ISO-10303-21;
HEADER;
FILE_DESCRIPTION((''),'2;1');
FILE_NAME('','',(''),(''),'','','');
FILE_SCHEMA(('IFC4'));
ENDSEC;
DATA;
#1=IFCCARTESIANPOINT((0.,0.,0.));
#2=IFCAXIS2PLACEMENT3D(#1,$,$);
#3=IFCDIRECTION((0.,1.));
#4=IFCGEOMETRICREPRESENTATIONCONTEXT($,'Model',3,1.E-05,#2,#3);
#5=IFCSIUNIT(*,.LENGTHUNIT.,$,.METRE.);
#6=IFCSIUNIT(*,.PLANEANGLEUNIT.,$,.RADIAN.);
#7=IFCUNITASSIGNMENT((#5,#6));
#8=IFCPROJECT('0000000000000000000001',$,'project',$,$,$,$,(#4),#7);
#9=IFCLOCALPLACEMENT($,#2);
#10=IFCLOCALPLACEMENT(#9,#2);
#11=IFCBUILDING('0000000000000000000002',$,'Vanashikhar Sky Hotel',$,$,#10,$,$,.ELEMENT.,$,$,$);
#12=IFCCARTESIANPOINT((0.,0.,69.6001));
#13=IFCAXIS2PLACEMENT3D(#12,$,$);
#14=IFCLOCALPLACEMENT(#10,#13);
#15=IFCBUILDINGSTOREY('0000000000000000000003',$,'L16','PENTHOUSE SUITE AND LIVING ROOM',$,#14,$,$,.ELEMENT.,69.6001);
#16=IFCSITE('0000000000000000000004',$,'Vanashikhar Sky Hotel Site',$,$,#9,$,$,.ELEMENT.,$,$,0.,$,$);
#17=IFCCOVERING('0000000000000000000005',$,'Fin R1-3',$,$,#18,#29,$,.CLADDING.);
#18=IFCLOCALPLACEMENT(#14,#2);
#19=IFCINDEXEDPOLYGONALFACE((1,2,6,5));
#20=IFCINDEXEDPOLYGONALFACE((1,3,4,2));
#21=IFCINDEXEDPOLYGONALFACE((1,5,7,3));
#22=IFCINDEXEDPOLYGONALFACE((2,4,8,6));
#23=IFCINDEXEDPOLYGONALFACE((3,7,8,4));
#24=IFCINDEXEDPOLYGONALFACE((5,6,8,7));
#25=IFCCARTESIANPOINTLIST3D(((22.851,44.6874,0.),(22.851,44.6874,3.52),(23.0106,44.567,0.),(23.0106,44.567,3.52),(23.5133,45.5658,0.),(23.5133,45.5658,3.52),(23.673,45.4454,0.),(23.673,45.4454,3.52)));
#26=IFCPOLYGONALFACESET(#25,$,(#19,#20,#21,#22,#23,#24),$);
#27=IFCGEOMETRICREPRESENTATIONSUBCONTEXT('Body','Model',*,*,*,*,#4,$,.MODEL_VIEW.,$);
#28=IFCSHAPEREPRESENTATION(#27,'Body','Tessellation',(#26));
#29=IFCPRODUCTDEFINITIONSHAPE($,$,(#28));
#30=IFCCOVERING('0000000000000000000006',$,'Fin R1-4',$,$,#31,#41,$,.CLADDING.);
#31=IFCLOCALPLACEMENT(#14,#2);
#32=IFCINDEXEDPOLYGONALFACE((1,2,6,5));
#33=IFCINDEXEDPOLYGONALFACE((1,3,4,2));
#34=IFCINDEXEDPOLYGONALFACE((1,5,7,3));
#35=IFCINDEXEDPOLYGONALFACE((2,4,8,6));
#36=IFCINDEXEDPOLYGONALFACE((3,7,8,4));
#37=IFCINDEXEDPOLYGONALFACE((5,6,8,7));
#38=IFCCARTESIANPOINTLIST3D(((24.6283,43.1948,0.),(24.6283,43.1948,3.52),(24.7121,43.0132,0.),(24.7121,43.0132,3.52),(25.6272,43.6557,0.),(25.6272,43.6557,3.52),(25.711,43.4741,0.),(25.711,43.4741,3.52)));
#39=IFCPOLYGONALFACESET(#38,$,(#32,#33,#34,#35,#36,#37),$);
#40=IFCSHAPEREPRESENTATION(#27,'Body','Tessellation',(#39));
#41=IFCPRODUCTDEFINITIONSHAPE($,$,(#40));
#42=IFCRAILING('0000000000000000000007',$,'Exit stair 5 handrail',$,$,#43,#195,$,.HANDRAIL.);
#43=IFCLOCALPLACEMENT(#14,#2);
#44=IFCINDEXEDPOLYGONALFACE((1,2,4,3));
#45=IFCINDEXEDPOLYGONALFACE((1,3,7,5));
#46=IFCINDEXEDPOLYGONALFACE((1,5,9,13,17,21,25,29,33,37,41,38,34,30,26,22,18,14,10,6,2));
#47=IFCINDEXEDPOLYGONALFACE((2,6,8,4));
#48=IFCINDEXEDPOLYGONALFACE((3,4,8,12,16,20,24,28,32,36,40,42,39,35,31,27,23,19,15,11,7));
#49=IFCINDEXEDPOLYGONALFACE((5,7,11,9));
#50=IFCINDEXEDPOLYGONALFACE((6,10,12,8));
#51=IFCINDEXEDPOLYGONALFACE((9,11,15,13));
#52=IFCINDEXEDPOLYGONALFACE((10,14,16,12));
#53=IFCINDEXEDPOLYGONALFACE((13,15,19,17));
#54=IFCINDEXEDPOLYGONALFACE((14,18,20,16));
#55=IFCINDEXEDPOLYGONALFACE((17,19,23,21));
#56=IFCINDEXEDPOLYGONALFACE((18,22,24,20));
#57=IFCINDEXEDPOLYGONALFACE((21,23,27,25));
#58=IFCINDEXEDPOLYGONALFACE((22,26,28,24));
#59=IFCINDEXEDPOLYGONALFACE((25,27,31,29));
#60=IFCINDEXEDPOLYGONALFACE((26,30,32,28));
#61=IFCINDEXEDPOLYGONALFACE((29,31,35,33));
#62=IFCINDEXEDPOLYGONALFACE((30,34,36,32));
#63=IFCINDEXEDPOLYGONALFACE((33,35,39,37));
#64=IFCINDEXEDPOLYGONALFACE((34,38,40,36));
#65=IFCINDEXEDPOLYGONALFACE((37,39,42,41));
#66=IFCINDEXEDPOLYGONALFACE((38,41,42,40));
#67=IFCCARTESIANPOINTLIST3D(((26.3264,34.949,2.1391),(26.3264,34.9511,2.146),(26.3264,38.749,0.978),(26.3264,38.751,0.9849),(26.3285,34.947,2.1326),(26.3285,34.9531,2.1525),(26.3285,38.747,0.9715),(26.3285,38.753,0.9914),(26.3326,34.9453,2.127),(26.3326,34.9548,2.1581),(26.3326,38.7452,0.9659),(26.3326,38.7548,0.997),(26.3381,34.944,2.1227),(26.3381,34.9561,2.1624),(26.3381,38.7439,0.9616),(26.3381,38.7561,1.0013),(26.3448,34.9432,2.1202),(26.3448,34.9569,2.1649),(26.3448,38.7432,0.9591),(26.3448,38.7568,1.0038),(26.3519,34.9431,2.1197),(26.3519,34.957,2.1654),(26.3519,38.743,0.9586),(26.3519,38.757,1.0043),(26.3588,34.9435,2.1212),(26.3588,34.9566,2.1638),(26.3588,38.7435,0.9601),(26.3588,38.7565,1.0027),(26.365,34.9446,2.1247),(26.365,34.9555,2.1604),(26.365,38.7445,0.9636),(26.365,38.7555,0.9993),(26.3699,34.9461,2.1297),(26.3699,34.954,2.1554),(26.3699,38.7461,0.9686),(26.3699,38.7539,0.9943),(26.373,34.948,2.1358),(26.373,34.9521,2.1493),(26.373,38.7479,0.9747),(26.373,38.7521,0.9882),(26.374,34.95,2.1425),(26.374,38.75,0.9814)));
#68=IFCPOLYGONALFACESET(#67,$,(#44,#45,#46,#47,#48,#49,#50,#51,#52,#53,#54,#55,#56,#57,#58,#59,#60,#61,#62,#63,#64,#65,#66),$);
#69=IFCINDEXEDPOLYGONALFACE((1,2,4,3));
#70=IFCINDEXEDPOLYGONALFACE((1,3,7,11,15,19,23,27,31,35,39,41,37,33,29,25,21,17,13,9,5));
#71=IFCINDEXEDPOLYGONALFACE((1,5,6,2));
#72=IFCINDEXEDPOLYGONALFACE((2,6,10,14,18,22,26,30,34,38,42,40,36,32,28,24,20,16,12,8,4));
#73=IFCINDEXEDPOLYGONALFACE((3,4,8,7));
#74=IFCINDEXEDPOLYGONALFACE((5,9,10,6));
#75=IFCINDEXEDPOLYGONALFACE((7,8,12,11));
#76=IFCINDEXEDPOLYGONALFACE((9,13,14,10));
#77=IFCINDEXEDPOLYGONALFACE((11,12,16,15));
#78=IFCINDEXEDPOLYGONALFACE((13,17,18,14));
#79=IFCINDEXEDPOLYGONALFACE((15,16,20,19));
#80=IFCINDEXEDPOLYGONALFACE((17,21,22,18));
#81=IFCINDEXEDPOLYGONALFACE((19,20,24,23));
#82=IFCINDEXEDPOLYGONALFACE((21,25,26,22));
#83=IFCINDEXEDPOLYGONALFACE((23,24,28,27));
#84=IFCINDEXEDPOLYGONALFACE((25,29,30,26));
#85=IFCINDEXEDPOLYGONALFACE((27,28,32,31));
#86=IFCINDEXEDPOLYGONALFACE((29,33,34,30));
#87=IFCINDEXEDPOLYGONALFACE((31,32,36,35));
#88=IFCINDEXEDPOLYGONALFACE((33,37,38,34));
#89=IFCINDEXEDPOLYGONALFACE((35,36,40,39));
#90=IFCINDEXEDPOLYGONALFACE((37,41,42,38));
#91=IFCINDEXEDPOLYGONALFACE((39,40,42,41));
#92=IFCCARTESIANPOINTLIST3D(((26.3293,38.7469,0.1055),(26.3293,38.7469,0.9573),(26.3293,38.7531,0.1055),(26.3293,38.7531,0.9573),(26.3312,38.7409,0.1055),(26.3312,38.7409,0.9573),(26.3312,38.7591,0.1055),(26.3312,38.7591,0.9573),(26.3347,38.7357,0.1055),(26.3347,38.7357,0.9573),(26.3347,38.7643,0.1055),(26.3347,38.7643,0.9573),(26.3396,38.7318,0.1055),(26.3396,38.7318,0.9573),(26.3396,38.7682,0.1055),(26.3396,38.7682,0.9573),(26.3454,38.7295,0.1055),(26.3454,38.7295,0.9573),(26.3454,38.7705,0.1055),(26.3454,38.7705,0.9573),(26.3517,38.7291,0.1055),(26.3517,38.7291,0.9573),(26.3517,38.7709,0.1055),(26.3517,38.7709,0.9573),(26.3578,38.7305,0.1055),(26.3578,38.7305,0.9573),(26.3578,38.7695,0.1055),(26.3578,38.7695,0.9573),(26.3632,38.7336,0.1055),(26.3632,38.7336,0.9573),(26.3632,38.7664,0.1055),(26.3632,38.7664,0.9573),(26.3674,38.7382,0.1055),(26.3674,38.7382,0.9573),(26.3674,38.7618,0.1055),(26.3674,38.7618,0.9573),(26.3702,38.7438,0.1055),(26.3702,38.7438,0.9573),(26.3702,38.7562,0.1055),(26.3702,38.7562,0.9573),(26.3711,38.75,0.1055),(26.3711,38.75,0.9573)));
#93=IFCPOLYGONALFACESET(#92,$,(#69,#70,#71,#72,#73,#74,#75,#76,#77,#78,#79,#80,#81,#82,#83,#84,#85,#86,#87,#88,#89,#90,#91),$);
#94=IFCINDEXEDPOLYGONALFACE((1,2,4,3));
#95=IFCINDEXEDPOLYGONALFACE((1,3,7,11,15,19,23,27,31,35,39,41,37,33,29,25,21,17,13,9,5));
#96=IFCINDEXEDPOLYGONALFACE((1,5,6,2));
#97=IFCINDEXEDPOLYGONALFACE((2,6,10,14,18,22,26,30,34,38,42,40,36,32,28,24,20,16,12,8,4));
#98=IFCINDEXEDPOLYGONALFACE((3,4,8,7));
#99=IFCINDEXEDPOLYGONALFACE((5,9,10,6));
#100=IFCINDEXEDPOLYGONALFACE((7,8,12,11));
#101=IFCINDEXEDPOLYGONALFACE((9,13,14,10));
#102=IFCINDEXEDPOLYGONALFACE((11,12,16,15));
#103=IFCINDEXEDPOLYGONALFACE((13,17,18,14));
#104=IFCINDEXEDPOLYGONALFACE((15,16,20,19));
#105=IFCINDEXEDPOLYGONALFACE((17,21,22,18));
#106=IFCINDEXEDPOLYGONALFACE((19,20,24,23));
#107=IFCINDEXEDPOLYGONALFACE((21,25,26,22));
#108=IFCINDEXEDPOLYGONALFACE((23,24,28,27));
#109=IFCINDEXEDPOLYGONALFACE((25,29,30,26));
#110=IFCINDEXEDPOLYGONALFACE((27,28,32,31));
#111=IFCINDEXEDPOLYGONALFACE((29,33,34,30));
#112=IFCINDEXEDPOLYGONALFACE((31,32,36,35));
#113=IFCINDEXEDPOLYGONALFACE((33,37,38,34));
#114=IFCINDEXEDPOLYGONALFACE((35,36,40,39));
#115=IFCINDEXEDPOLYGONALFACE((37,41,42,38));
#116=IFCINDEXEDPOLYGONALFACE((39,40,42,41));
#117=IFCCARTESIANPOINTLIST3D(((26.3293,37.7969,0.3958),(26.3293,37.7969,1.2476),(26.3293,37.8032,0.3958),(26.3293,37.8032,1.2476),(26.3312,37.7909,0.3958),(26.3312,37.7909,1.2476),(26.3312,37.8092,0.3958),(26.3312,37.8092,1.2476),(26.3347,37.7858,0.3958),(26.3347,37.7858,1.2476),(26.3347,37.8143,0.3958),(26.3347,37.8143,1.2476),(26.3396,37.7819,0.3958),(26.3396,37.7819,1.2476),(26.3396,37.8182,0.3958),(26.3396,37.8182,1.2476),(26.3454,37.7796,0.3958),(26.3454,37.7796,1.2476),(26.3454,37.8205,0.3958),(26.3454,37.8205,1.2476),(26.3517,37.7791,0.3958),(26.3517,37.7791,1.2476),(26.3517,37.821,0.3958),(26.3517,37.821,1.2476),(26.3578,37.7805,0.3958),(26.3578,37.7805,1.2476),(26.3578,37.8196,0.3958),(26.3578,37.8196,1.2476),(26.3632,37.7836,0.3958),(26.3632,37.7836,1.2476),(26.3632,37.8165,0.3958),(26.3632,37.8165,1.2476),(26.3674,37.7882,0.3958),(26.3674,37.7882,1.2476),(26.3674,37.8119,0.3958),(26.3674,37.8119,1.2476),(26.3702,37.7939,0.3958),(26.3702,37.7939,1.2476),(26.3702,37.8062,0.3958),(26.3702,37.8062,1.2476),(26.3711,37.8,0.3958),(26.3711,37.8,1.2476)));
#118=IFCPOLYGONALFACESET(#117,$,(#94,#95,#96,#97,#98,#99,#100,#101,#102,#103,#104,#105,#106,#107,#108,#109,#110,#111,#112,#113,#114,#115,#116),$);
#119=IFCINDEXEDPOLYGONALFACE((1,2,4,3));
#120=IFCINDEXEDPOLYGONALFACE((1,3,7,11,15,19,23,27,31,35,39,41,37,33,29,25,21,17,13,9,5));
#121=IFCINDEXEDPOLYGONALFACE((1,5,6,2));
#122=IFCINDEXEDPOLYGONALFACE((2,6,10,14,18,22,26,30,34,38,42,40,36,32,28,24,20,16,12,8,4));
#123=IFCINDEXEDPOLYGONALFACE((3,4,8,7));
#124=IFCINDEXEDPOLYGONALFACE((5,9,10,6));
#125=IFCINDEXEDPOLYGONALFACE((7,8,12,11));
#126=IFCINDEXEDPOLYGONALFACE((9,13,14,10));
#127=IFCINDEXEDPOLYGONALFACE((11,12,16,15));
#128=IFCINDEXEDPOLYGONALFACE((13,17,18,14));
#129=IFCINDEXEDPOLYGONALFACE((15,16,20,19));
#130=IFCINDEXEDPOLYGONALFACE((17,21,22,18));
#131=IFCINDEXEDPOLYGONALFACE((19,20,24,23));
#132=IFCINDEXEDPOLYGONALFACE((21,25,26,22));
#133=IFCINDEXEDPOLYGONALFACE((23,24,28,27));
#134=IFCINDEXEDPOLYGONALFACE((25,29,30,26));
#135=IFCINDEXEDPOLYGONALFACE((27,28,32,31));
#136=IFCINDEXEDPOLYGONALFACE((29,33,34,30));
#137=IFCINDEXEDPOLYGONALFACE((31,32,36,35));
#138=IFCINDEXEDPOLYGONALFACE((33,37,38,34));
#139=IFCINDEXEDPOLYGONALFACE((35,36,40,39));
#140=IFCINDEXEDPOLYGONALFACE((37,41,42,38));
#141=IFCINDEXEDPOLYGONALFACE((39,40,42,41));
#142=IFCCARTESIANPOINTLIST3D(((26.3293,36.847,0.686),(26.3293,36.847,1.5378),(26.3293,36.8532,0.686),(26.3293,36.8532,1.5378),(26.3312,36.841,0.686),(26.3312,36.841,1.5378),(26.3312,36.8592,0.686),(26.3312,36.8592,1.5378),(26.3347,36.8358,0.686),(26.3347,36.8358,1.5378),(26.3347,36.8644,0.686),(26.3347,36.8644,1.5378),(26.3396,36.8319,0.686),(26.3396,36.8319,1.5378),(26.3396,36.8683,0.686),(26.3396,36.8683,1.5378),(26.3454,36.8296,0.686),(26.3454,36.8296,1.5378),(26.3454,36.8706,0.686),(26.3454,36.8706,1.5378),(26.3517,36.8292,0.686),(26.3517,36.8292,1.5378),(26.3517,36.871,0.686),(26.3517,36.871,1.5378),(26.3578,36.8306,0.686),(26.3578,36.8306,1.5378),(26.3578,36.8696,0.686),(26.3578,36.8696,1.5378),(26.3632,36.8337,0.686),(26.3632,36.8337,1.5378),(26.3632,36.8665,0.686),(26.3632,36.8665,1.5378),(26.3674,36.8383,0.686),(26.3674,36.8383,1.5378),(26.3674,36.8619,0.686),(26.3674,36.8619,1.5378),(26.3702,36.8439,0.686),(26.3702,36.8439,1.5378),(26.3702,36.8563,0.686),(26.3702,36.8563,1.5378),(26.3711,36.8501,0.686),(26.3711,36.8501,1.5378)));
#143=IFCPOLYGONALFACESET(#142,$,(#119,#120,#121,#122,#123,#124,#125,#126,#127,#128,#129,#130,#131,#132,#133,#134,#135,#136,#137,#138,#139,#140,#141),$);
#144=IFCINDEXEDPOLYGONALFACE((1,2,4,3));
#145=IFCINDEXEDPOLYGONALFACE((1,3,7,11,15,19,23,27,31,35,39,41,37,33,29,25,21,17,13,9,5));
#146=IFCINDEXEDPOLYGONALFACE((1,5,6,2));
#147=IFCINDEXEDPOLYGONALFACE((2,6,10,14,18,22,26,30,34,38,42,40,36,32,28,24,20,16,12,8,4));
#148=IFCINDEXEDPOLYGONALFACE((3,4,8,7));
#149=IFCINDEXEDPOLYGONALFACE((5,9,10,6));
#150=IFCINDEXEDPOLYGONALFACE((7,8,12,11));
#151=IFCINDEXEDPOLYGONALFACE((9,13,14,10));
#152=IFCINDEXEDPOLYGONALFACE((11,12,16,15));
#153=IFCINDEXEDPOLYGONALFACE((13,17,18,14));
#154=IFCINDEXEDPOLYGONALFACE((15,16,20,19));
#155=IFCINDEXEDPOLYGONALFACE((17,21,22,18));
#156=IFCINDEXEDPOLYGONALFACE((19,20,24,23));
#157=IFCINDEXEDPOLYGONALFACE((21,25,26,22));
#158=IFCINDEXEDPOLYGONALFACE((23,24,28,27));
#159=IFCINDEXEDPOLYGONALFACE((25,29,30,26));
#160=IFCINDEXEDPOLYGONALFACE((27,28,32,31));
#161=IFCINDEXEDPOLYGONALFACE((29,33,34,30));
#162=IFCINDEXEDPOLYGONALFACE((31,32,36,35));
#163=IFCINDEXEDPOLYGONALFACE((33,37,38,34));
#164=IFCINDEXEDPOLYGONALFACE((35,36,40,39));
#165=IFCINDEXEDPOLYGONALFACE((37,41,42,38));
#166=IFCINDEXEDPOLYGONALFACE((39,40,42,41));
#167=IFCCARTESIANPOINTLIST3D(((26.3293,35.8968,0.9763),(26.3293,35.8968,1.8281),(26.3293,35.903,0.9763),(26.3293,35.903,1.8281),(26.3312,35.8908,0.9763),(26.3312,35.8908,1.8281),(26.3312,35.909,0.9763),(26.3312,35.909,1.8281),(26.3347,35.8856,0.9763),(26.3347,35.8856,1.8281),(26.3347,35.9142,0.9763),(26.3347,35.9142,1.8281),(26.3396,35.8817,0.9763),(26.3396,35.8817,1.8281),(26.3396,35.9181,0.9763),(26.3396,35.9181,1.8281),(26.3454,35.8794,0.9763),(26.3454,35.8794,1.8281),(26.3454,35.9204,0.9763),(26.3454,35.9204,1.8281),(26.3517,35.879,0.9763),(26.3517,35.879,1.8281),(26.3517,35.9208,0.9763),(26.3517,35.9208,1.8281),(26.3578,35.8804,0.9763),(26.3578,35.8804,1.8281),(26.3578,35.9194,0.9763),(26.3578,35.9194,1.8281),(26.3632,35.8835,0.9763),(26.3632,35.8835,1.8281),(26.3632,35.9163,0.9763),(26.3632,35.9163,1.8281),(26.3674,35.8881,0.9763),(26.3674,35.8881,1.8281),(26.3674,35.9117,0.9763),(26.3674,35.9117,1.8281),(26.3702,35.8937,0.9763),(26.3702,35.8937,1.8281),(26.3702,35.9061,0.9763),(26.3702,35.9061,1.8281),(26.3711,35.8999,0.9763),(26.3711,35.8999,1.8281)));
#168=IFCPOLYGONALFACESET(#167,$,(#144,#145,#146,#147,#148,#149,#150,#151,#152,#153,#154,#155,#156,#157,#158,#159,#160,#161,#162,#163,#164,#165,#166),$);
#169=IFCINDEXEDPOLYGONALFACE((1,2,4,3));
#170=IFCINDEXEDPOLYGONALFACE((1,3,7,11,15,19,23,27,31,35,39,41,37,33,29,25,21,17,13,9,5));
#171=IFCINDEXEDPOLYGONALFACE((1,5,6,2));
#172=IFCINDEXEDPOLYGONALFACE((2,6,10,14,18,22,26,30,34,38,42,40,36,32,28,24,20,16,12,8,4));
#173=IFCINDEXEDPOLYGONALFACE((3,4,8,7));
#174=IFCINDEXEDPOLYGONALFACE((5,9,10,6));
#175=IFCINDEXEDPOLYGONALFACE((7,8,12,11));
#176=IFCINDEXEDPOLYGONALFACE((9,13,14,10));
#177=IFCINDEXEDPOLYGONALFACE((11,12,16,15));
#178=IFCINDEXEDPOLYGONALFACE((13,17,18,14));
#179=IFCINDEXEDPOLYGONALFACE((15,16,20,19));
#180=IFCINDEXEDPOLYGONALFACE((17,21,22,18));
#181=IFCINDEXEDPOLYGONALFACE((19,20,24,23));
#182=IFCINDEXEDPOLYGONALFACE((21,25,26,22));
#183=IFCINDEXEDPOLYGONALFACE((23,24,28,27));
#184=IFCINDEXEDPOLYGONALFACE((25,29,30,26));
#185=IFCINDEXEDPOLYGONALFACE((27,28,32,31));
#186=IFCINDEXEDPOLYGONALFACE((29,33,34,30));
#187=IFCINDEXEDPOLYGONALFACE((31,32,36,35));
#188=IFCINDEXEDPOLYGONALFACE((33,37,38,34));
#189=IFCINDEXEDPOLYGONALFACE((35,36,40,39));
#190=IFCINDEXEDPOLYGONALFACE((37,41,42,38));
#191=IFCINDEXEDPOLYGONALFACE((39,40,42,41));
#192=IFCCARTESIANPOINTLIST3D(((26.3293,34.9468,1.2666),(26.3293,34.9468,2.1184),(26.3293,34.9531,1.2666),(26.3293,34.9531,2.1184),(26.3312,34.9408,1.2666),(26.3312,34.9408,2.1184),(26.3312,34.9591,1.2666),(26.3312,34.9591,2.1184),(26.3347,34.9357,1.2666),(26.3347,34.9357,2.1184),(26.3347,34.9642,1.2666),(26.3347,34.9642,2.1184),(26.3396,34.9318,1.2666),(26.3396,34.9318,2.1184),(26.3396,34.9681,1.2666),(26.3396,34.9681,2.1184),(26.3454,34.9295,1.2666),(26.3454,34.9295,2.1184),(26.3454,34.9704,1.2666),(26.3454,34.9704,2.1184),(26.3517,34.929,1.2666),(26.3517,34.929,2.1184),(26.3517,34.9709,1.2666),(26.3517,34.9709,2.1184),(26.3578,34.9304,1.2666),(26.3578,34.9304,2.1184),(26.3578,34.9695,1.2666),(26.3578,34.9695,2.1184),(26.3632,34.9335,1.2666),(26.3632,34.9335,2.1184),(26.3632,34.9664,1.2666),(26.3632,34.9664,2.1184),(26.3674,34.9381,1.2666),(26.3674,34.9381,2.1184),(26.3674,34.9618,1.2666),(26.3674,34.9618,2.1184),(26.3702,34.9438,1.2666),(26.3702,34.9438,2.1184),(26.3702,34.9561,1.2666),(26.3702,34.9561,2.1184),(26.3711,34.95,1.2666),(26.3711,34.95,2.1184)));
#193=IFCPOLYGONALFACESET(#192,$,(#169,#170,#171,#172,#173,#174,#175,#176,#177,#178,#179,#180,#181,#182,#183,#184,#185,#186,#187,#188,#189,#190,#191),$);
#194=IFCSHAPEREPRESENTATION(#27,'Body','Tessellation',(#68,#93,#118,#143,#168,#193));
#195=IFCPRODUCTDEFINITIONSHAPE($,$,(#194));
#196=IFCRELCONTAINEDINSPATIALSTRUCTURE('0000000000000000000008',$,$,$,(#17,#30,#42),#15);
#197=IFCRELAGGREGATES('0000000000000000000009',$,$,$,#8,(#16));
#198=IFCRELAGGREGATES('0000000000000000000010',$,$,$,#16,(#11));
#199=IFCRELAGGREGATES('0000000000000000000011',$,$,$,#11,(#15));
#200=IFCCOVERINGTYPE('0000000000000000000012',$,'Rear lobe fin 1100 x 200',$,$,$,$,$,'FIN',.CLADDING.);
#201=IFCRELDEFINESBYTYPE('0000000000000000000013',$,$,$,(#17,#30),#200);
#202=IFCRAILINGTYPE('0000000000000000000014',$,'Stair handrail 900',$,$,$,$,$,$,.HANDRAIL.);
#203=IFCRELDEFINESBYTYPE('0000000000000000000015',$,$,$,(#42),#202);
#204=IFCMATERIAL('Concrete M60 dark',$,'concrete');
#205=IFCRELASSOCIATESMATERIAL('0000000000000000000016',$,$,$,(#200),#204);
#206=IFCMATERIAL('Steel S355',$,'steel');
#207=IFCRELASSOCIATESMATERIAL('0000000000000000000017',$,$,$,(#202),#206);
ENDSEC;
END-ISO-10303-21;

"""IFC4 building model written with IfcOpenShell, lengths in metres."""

from ifc_helpers import new_model, si_unit, direction, frame, origin, origin_2d, place, context, subcontext, project, spatial, rectangle, circle, extrude, source, transform, mapped, material, material_profile, profile_set, type_object, element, save


model = new_model("IFC4")

# Units and contexts
model_context = context("Model", 3, precision=1e-05, world=origin(), true_north=direction((0.0, 1.0)))
body_context = subcontext(model_context, "Body", "Model", "MODEL_VIEW")
ifc_project = project(units=[si_unit("LENGTHUNIT", "METRE"), si_unit("PLANEANGLEUNIT", "RADIAN")], contexts=[model_context])

# Site, building, storey
site_placement = place(None, origin())
site = spatial("IfcSite", under=ifc_project, at=site_placement, Name="Vanashikhar Sky Hotel Site", CompositionType="ELEMENT", RefElevation=0.0)
building_placement = place(site_placement, origin())
building = spatial("IfcBuilding", under=site, at=building_placement, Name="Vanashikhar Sky Hotel", CompositionType="ELEMENT")
storey_placement = place(building_placement, frame((0.0, 0.0, 69.6001)))
storey = spatial("IfcBuildingStorey", under=building, at=storey_placement, Name="L16", Description="PENTHOUSE SUITE AND LIVING ROOM", CompositionType="ELEMENT", Elevation=69.6001)

# Coverings
ifc_material_1 = material(Name="Concrete M60 dark", Category="concrete")
ifc_material_profile = material_profile(ifc_material_1, rectangle(XDim=1.1001, YDim=0.2, at=origin_2d()))
ifc_profile_set = profile_set([ifc_material_profile], Name="Rear lobe fin 1100 x 200")
covering_type = type_object("IfcCoveringType", Name="Rear lobe fin 1100 x 200", ElementType="FIN", PredefinedType="CLADDING", material=ifc_profile_set)
shared_shape_1 = source(origin(), body_context, "Body", "SweptSolid", [
    extrude(rectangle(XDim=1.1001, YDim=0.2, at=origin_2d()), origin(), (0.0, 0.0, 1.0), 3.52),
])
for number, where, z_axis, x_axis, name in (
    (1, (23.262, 45.0664, 0.0), (0.0, 0.0, 1.0), (0.602066, 0.798446, 0.0), "Fin R1-3"),
    (2, (25.1697, 43.3345, 0.0), (0.0, 0.0, 1.0), (0.908004, 0.418961, 0.0), "Fin R1-4"),
):
    element("IfcCovering", number, at=place(storey_placement, frame(where, z_axis=z_axis, x_axis=x_axis)), inside=storey, type_object=covering_type, Name=name, PredefinedType="CLADDING", context=body_context, shape_type="MappedRepresentation", body=[
        mapped(shared_shape_1, transform((0.0, 0.0, 0.0), scale=1.0)),
    ])

# Railing
ifc_material_2 = material(Name="Steel S355", Category="steel")
railing_type = type_object("IfcRailingType", Name="Stair handrail 900", PredefinedType="HANDRAIL", material=ifc_material_2)
shared_shape_2 = source(origin(), body_context, "Body", "SweptSolid", [
    extrude(circle(Radius=0.0239, at=origin_2d()), frame((0.0, 0.0, 0.876), z_axis=(0.0, -0.956351, 0.29222), x_axis=(1.0, 0.0, 0.0)), (0.0, 0.0, 1.0), 3.9734),
    extrude(circle(Radius=0.021, at=origin_2d()), origin(), (0.0, 0.0, 1.0), 0.8518),
    extrude(circle(Radius=0.021, at=origin_2d()), frame((0.0, -0.95, 0.2903)), (0.0, 0.0, 1.0), 0.8518),
    extrude(circle(Radius=0.021, at=origin_2d()), frame((0.0, -1.8999, 0.5806)), (0.0, 0.0, 1.0), 0.8518),
    extrude(circle(Radius=0.021, at=origin_2d()), frame((0.0, -2.8501, 0.8708)), (0.0, 0.0, 1.0), 0.8518),
    extrude(circle(Radius=0.021, at=origin_2d()), frame((0.0, -3.8, 1.1611)), (0.0, 0.0, 1.0), 0.8518),
])
for number, where, name in (
    (3, (26.3501, 38.75, 0.1055), "Exit stair 5 handrail"),
):
    element("IfcRailing", number, at=place(storey_placement, frame(where)), inside=storey, type_object=railing_type, Name=name, PredefinedType="HANDRAIL", context=body_context, shape_type="MappedRepresentation", body=[
        mapped(shared_shape_2, transform((0.0, 0.0, 0.0), scale=1.0)),
    ])

save(model, "model.ifc")
